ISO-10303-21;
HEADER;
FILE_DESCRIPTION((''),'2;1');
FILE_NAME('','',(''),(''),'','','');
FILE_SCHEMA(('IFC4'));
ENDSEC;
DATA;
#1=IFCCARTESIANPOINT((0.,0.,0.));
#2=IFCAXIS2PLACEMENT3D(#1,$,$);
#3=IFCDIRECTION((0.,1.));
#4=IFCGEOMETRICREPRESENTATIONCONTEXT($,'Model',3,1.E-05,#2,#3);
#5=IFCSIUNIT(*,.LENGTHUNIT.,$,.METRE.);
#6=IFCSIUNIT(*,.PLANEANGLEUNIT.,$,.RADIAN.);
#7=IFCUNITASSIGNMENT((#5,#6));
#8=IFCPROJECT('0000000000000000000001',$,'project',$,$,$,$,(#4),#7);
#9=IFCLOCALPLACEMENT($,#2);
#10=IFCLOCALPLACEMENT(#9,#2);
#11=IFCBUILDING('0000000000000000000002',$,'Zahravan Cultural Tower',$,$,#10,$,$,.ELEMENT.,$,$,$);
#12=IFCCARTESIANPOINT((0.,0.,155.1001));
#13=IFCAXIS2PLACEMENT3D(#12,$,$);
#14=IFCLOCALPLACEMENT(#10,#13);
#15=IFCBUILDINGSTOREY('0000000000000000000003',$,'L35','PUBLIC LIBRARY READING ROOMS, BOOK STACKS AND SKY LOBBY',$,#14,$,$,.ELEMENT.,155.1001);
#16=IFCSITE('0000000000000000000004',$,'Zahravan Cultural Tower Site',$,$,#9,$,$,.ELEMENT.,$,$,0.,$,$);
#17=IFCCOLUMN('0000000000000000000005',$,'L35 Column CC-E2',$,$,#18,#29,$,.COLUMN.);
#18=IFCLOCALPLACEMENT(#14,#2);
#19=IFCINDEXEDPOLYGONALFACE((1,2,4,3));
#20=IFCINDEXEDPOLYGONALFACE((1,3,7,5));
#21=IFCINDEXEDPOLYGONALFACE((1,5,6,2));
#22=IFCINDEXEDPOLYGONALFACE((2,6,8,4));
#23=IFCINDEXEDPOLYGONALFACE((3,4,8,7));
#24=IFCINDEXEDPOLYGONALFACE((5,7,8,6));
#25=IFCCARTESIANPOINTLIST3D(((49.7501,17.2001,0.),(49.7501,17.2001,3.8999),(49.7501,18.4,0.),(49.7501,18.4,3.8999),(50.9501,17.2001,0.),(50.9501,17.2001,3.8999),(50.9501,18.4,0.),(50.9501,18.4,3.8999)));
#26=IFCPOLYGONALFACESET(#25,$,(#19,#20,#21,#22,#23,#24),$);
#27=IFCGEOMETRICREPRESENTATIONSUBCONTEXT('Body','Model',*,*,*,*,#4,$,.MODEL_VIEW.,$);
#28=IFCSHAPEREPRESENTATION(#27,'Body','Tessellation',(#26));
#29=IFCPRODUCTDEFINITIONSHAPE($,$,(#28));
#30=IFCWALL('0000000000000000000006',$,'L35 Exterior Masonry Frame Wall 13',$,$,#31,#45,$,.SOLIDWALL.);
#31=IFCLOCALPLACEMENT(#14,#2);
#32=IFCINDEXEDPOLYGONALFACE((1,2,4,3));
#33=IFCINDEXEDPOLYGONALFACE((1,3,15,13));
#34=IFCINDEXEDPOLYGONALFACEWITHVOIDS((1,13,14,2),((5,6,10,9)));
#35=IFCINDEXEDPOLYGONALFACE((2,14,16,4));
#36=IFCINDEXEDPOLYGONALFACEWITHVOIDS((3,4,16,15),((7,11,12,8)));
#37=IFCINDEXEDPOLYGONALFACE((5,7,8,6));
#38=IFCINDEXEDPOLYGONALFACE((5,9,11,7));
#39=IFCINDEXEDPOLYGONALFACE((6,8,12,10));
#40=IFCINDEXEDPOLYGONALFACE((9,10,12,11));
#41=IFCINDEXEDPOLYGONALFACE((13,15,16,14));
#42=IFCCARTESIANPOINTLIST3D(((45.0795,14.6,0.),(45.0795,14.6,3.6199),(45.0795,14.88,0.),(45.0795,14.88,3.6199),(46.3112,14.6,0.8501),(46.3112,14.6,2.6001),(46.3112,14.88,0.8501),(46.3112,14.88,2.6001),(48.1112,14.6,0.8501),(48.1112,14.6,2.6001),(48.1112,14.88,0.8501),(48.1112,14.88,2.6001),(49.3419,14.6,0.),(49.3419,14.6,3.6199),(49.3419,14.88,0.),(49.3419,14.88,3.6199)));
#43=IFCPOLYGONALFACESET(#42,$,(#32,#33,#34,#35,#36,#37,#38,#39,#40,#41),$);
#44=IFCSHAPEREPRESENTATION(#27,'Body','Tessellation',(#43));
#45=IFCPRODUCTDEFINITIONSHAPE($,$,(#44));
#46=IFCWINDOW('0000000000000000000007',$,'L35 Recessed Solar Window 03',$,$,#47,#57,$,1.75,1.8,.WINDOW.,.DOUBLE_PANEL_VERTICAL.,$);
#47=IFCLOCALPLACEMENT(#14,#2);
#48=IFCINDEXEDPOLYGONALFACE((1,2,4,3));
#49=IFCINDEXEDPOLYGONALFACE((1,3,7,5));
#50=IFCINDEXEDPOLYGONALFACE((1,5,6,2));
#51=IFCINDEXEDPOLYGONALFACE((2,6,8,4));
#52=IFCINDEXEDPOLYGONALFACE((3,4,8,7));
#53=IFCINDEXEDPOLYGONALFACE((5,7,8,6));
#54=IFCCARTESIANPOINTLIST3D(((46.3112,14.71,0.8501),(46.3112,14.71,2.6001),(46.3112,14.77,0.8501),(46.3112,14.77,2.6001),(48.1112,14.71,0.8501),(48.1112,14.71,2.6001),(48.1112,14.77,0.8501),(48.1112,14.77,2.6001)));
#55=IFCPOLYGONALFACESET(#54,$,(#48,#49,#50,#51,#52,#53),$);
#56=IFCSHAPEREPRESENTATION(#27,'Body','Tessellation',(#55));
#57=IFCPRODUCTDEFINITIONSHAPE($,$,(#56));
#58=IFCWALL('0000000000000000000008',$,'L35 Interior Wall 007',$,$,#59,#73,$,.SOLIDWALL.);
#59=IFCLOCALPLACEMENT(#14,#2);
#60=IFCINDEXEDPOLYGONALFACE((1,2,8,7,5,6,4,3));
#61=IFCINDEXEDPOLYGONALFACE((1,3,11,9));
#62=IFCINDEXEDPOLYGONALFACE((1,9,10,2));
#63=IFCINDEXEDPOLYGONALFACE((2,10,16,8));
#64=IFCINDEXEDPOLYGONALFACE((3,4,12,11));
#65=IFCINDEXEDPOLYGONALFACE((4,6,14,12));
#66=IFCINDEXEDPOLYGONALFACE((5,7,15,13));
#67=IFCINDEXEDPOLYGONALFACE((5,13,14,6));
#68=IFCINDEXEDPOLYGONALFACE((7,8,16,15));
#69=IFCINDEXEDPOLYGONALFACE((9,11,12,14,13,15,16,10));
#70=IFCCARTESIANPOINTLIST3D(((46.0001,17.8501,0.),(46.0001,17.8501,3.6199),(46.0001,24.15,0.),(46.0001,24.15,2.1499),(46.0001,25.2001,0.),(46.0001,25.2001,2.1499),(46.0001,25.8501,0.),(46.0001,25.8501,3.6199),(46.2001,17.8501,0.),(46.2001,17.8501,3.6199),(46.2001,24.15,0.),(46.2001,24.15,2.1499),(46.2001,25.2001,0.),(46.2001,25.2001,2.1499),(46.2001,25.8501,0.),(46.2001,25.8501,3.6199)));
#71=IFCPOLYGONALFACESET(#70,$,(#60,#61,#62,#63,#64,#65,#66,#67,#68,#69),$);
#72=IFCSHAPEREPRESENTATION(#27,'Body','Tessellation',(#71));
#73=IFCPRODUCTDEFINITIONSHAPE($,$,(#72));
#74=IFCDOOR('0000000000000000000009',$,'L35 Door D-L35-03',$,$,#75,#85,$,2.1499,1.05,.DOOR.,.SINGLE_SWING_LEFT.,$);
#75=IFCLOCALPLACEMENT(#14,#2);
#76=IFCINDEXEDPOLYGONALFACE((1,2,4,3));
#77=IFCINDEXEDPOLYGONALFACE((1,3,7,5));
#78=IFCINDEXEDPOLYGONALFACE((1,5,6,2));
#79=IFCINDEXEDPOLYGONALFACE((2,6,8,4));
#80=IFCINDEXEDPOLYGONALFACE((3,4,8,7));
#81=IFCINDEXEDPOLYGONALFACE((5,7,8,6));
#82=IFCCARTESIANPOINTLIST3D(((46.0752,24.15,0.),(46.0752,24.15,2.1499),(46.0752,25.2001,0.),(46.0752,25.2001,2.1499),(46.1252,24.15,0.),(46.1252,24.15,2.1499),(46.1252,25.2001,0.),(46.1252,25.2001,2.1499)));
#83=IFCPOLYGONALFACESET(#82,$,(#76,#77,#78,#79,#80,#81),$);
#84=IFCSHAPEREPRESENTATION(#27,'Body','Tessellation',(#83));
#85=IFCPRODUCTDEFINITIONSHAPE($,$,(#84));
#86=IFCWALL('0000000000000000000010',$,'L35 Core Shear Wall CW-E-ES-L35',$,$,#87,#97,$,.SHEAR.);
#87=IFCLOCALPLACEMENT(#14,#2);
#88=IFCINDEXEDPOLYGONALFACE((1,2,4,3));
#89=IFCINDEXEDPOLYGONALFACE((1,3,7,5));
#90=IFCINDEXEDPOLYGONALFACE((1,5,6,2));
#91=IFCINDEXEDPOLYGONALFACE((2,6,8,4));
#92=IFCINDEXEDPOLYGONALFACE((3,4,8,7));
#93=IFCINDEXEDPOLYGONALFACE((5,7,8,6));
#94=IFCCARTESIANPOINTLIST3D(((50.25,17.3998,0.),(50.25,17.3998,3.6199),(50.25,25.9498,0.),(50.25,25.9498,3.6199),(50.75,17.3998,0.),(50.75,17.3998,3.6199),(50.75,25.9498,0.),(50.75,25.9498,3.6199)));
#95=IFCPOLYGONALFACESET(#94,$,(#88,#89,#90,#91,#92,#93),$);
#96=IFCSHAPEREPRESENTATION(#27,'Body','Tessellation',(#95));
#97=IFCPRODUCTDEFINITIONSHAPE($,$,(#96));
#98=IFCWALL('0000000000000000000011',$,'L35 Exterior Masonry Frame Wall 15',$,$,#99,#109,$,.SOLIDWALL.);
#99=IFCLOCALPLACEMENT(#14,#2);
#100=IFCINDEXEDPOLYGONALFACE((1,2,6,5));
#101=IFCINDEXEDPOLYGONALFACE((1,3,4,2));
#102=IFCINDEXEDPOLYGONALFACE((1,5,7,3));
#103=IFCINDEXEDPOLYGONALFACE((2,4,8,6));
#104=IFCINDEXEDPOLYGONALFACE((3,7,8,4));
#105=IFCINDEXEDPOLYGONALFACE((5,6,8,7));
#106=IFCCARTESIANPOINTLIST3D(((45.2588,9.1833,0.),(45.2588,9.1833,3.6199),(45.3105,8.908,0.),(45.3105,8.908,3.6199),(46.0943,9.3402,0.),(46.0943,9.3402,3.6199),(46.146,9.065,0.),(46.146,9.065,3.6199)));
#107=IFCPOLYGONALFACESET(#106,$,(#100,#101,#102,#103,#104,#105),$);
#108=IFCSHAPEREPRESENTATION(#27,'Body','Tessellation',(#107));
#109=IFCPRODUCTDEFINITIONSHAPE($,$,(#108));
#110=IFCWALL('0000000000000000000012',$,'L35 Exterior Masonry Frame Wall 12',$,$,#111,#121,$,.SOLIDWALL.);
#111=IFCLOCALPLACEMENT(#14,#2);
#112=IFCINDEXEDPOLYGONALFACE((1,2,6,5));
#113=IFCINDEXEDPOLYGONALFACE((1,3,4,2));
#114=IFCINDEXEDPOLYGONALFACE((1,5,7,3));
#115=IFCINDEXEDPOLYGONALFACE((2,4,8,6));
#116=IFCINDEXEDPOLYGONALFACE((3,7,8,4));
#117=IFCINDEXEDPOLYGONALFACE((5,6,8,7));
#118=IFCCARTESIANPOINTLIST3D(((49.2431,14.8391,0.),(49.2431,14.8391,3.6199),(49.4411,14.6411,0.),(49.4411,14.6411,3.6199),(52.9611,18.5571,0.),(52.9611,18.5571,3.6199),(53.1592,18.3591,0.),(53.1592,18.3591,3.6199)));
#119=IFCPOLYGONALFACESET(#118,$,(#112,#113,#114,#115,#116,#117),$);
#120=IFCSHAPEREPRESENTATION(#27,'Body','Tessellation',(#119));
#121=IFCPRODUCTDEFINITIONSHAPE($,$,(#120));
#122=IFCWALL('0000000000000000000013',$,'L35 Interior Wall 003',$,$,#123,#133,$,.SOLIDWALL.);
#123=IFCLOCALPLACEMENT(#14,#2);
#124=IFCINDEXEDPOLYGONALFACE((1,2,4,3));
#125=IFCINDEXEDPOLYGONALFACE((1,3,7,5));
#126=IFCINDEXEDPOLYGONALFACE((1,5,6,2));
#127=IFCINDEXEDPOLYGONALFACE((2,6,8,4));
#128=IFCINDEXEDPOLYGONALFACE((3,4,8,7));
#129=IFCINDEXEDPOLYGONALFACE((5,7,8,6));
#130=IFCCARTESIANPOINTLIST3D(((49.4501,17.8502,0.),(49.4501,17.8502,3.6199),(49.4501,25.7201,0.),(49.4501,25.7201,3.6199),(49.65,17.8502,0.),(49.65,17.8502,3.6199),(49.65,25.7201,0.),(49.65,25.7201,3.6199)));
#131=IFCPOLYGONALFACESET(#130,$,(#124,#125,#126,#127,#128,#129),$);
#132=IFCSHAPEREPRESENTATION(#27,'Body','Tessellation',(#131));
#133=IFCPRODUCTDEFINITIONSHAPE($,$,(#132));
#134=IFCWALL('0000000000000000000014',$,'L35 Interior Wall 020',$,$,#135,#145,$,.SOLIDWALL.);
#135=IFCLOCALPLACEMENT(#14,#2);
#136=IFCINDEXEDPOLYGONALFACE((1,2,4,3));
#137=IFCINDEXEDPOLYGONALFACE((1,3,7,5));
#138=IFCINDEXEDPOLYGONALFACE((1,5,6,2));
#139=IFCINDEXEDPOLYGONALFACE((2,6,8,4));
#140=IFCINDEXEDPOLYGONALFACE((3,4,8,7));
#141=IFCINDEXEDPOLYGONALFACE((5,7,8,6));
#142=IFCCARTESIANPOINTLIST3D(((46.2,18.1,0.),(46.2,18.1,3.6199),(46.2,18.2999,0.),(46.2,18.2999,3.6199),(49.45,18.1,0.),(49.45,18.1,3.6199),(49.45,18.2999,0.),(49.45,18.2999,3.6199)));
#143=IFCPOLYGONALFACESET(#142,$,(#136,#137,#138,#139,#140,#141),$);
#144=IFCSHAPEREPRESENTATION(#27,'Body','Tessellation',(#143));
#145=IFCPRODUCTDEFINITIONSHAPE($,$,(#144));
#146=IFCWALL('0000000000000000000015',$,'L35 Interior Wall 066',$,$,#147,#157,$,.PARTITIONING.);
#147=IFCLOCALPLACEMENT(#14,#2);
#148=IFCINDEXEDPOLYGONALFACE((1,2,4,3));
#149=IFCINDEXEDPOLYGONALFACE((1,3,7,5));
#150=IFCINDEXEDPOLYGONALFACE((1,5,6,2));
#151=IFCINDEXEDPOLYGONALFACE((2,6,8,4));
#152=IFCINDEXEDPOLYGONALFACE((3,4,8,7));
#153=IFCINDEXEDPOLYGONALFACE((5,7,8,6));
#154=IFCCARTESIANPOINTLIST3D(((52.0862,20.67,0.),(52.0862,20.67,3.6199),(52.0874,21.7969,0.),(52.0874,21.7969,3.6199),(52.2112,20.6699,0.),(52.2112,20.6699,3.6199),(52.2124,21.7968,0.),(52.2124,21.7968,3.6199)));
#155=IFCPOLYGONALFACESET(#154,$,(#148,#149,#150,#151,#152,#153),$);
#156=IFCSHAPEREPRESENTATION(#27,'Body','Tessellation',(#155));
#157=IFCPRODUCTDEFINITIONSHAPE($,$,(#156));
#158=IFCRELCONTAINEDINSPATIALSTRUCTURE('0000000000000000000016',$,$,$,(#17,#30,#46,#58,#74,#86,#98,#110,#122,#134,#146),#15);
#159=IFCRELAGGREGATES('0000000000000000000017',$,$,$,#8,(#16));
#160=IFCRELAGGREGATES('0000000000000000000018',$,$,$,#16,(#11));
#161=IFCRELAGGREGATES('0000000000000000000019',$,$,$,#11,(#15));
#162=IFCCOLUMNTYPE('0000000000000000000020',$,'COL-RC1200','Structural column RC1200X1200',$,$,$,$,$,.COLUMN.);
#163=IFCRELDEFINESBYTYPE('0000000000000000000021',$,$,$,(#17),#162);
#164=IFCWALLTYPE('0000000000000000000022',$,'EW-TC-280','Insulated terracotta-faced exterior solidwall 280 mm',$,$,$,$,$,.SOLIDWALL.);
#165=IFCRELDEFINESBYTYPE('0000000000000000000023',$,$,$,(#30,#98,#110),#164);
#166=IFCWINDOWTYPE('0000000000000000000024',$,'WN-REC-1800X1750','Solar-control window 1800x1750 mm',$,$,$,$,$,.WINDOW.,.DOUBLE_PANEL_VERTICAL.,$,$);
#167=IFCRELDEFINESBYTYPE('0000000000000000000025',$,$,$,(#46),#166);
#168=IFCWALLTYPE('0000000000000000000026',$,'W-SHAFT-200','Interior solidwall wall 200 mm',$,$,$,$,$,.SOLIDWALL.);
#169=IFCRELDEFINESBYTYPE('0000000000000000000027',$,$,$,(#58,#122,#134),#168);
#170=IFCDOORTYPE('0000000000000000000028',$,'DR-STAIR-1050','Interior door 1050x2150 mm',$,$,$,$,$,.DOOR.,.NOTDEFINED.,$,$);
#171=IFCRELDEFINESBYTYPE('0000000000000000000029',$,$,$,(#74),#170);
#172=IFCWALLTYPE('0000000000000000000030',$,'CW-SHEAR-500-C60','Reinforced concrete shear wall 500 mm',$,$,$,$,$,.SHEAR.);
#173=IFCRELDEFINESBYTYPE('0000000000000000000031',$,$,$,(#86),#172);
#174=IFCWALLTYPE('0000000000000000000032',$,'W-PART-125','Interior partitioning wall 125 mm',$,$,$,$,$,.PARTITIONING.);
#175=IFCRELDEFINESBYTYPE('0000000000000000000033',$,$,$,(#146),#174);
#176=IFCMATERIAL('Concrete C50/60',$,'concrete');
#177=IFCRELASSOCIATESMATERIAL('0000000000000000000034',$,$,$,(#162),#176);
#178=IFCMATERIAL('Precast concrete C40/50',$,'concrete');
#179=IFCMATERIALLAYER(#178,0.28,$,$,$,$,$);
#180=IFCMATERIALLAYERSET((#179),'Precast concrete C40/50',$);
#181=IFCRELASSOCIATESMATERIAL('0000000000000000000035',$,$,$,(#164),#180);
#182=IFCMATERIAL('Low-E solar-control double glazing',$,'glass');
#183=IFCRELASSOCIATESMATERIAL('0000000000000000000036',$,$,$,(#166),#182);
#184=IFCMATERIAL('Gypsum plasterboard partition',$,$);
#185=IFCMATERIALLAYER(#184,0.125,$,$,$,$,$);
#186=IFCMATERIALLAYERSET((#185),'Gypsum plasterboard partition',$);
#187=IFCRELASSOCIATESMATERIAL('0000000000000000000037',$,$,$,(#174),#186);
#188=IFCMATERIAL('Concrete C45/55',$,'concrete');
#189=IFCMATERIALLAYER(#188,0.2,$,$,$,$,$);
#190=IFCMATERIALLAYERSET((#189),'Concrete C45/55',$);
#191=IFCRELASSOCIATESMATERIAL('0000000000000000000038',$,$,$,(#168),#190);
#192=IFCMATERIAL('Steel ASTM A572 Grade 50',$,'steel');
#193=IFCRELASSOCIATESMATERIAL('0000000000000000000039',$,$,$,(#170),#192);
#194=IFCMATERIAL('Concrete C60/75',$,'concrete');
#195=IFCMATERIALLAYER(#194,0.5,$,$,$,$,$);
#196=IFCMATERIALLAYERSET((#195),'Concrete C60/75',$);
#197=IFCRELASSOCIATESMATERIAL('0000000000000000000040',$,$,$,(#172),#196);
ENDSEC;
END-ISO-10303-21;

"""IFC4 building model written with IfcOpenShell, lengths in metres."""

from ifc_helpers import new_model, si_unit, direction, frame, frame_2d, origin, origin_2d, place, context, subcontext, project, spatial, rectangle, extrude, source, transform, mapped, material, layer, layer_set, material_profile, profile_set, type_object, element, fill, save


model = new_model("IFC4")

# Units and contexts
model_context = context("Model", 3, precision=1e-05, world=origin(), true_north=direction((0.0, 1.0)))
body_context = subcontext(model_context, "Body", "Model", "MODEL_VIEW")
ifc_project = project(units=[si_unit("LENGTHUNIT", "METRE"), si_unit("PLANEANGLEUNIT", "RADIAN")], contexts=[model_context])

# Site, building, storey
site_placement = place(None, origin())
site = spatial("IfcSite", under=ifc_project, at=site_placement, Name="Zahravan Cultural Tower Site", CompositionType="ELEMENT", RefElevation=0.0)
building_placement = place(site_placement, origin())
building = spatial("IfcBuilding", under=site, at=building_placement, Name="Zahravan Cultural Tower", CompositionType="ELEMENT")
storey_placement = place(building_placement, frame((0.0, 0.0, 155.1001)))
storey = spatial("IfcBuildingStorey", under=building, at=storey_placement, Name="L35", Description="PUBLIC LIBRARY READING ROOMS, BOOK STACKS AND SKY LOBBY", CompositionType="ELEMENT", Elevation=155.1001)

# Column
ifc_material_1 = material(Name="Concrete C50/60", Category="concrete")
ifc_material_profile = material_profile(ifc_material_1, rectangle(XDim=1.2, YDim=1.2, at=origin_2d()), Name="RC1200X1200")
ifc_profile_set = profile_set([ifc_material_profile], Name="Concrete C50/60")
column_type = type_object("IfcColumnType", Name="COL-RC1200", Description="Structural column RC1200X1200", PredefinedType="COLUMN", material=ifc_profile_set)
shared_shape_1 = source(origin(), body_context, "Body", "SweptSolid", [
    extrude(rectangle(XDim=1.2, YDim=1.2, at=origin_2d()), origin(), (0.0, 0.0, 1.0), 3.8999),
])
column_placement = place(storey_placement, frame((50.3501, 17.8, 0.0), z_axis=(0.0, 0.0, 1.0), x_axis=(1.0, 0.0, 0.0)))
element("IfcColumn", 1, at=column_placement, inside=storey, type_object=column_type, Name="L35 Column CC-E2", PredefinedType="COLUMN", context=body_context, shape_type="MappedRepresentation", body=[
    mapped(shared_shape_1, transform((0.0, 0.0, 0.0), x_axis=(1.0, 0.0, 0.0), y_axis=(0.0, 1.0, 0.0), z_axis=(0.0, 0.0, 1.0), scale=1.0)),
])

# Wall, opening, window
ifc_material_2 = material(Name="Precast concrete C40/50", Category="concrete")
ifc_layer_1 = layer(ifc_material_2, 0.28)
ifc_layer_set_1 = layer_set([ifc_layer_1], Name="Precast concrete C40/50")
wall_type_1 = type_object("IfcWallType", Name="EW-TC-280", Description="Insulated terracotta-faced exterior solidwall 280 mm", PredefinedType="SOLIDWALL", material=ifc_layer_set_1)
wall_1_placement = place(storey_placement, frame((49.342, 14.74, 0.0), z_axis=(0.0, 0.0, 1.0), x_axis=(-1.0, 0.0, 0.0)))
wall_1 = element("IfcWall", 2, at=wall_1_placement, inside=storey, type_object=wall_type_1, Name="L35 Exterior Masonry Frame Wall 13", PredefinedType="SOLIDWALL", context=body_context, shape_type="SweptSolid", body=[
    extrude(rectangle(XDim=4.2625, YDim=0.28, at=frame_2d((2.1313, 0.0))), origin(), (0.0, 0.0, 1.0), 3.6199),
])
opening_1_placement = place(wall_1_placement, frame((1.231, 0.0, 0.8501)))
opening_1 = element("IfcOpeningElement", 3, at=opening_1_placement, cuts=wall_1, PredefinedType="OPENING", context=body_context, shape_type="SweptSolid", body=[
    extrude(rectangle(XDim=1.8, YDim=1.75, at=frame_2d((0.8999, 0.875))), frame((0.0, 0.1499, 0.0), z_axis=(0.0, -1.0, 0.0), x_axis=(1.0, 0.0, 0.0)), (0.0, 0.0, 1.0), 0.3),
])
ifc_material_3 = material(Name="Low-E solar-control double glazing", Category="glass")
window_type = type_object("IfcWindowType", Name="WN-REC-1800X1750", Description="Solar-control window 1800x1750 mm", PartitioningType="DOUBLE_PANEL_VERTICAL", PredefinedType="WINDOW", material=ifc_material_3)
shared_shape_2 = source(origin(), body_context, "Body", "SweptSolid", [
    extrude(rectangle(XDim=1.8, YDim=1.75, at=frame_2d((0.8999, 0.875))), frame((0.0, 0.03, 0.0), z_axis=(0.0, -1.0, 0.0), x_axis=(1.0, 0.0, 0.0)), (0.0, 0.0, 1.0), 0.0601),
])
window_placement = place(opening_1_placement, origin())
window = element("IfcWindow", 4, at=window_placement, inside=storey, type_object=window_type, Name="L35 Recessed Solar Window 03", OverallHeight=1.75, OverallWidth=1.8, PartitioningType="DOUBLE_PANEL_VERTICAL", PredefinedType="WINDOW", context=body_context, shape_type="MappedRepresentation", body=[
    mapped(shared_shape_2, transform((0.0, 0.0, 0.0), x_axis=(1.0, 0.0, 0.0), y_axis=(0.0, 1.0, 0.0), z_axis=(0.0, 0.0, 1.0), scale=1.0)),
])
fill(opening_1, window)

# Wall, opening, door
ifc_material_4 = material(Name="Gypsum plasterboard partition")
ifc_layer_2 = layer(ifc_material_4, 0.125)
ifc_layer_set_2 = layer_set([ifc_layer_2], Name="Gypsum plasterboard partition")
wall_type_2 = type_object("IfcWallType", Name="W-PART-125", Description="Interior partitioning wall 125 mm", PredefinedType="PARTITIONING", material=ifc_layer_set_2)
ifc_material_5 = material(Name="Concrete C45/55", Category="concrete")
ifc_layer_3 = layer(ifc_material_5, 0.2)
ifc_layer_set_3 = layer_set([ifc_layer_3], Name="Concrete C45/55")
wall_type_3 = type_object("IfcWallType", Name="W-SHAFT-200", Description="Interior solidwall wall 200 mm", PredefinedType="SOLIDWALL", material=ifc_layer_set_3)
wall_2_placement = place(storey_placement, frame((46.1001, 17.8501, 0.0), z_axis=(0.0, 0.0, 1.0), x_axis=(0.0, 1.0, 0.0)))
wall_2 = element("IfcWall", 5, at=wall_2_placement, inside=storey, type_object=wall_type_3, Name="L35 Interior Wall 007", PredefinedType="SOLIDWALL", context=body_context, shape_type="SweptSolid", body=[
    extrude(rectangle(XDim=8.0, YDim=0.2, at=frame_2d((4.0, 0.0))), origin(), (0.0, 0.0, 1.0), 3.6199),
])
opening_2_placement = place(wall_2_placement, frame((6.3, 0.0, 0.0)))
opening_2 = element("IfcOpeningElement", 6, at=opening_2_placement, cuts=wall_2, PredefinedType="OPENING", context=body_context, shape_type="SweptSolid", body=[
    extrude(rectangle(XDim=1.05, YDim=2.1499, at=frame_2d((0.5249, 1.075))), frame((0.0, 0.1099, 0.0), z_axis=(0.0, -1.0, 0.0), x_axis=(1.0, 0.0, 0.0)), (0.0, 0.0, 1.0), 0.22),
])
ifc_material_6 = material(Name="Steel ASTM A572 Grade 50", Category="steel")
door_type_1 = type_object("IfcDoorType", Name="DR-STAIR-1050", Description="Interior door 1050x2150 mm", OperationType="NOTDEFINED", PredefinedType="DOOR", material=ifc_material_6)
shared_shape_3 = source(origin(), body_context, "Body", "SweptSolid", [
    extrude(rectangle(XDim=1.05, YDim=2.1499, at=frame_2d((0.5249, 1.075))), frame((0.0, 0.0249, 0.0), z_axis=(0.0, -1.0, 0.0), x_axis=(1.0, 0.0, 0.0)), (0.0, 0.0, 1.0), 0.05),
])
door_1_placement = place(opening_2_placement, origin())
door_1 = element("IfcDoor", 7, at=door_1_placement, inside=storey, type_object=door_type_1, Name="L35 Door D-L35-03", OperationType="SINGLE_SWING_LEFT", OverallHeight=2.1499, OverallWidth=1.05, PredefinedType="DOOR", context=body_context, shape_type="MappedRepresentation", body=[
    mapped(shared_shape_3, transform((0.0, 0.0, 0.0), x_axis=(1.0, 0.0, 0.0), y_axis=(0.0, 1.0, 0.0), z_axis=(0.0, 0.0, 1.0), scale=1.0)),
])
fill(opening_2, door_1)

# Walls
ifc_material_7 = material(Name="Concrete C60/75", Category="concrete")
ifc_layer_4 = layer(ifc_material_7, 0.5)
ifc_layer_set_4 = layer_set([ifc_layer_4], Name="Concrete C60/75")
wall_type_4 = type_object("IfcWallType", Name="CW-SHEAR-500-C60", Description="Reinforced concrete shear wall 500 mm", PredefinedType="SHEAR", material=ifc_layer_set_4)
shared_shape_4 = source(origin(), body_context, "Body", "SweptSolid", [
    extrude(rectangle(XDim=8.55, YDim=0.5, at=frame_2d((4.2749, 0.0))), origin(), (0.0, 0.0, 1.0), 3.6199),
])
wall_3_placement = place(storey_placement, frame((50.5, 17.3999, 0.0), z_axis=(0.0, 0.0, 1.0), x_axis=(0.0, 1.0, 0.0)))
element("IfcWall", 8, at=wall_3_placement, inside=storey, type_object=wall_type_4, Name="L35 Core Shear Wall CW-E-ES-L35", PredefinedType="SHEAR", context=body_context, shape_type="MappedRepresentation", body=[
    mapped(shared_shape_4, transform((0.0, 0.0, 0.0), x_axis=(1.0, 0.0, 0.0), y_axis=(0.0, 1.0, 0.0), z_axis=(0.0, 0.0, 1.0), scale=1.0)),
])
shared_shape_5 = source(origin(), body_context, "Body", "SweptSolid", [
    extrude(rectangle(XDim=0.8501, YDim=0.28, at=frame_2d((0.425, 0.0))), origin(), (0.0, 0.0, 1.0), 3.6199),
])
wall_4_placement = place(storey_placement, frame((46.1201, 9.2026, 0.0), z_axis=(0.0, 0.0, 1.0), x_axis=(-0.982801, -0.18467, 0.0)))
element("IfcWall", 9, at=wall_4_placement, inside=storey, type_object=wall_type_1, Name="L35 Exterior Masonry Frame Wall 15", PredefinedType="SOLIDWALL", context=body_context, shape_type="MappedRepresentation", body=[
    mapped(shared_shape_5, transform((0.0, 0.0, 0.0), x_axis=(1.0, 0.0, 0.0), y_axis=(0.0, 1.0, 0.0), z_axis=(0.0, 0.0, 1.0), scale=1.0)),
])
shared_shape_6 = source(origin(), body_context, "Body", "SweptSolid", [
    extrude(rectangle(XDim=5.2581, YDim=0.28, at=frame_2d((2.6289, 0.0))), origin(), (0.0, 0.0, 1.0), 3.6199),
])
wall_5_placement = place(storey_placement, frame((53.0601, 18.458, 0.0), z_axis=(0.0, 0.0, 1.0), x_axis=(-0.707107, -0.707107, 0.0)))
element("IfcWall", 10, at=wall_5_placement, inside=storey, type_object=wall_type_1, Name="L35 Exterior Masonry Frame Wall 12", PredefinedType="SOLIDWALL", context=body_context, shape_type="MappedRepresentation", body=[
    mapped(shared_shape_6, transform((0.0, 0.0, 0.0), x_axis=(1.0, 0.0, 0.0), y_axis=(0.0, 1.0, 0.0), z_axis=(0.0, 0.0, 1.0), scale=1.0)),
])
shared_shape_7 = source(origin(), body_context, "Body", "SweptSolid", [
    extrude(rectangle(XDim=7.8699, YDim=0.2, at=frame_2d((3.9351, 0.0))), origin(), (0.0, 0.0, 1.0), 3.6199),
])
wall_6_placement = place(storey_placement, frame((49.55, 17.8501, 0.0), z_axis=(0.0, 0.0, 1.0), x_axis=(0.0, 1.0, 0.0)))
element("IfcWall", 11, at=wall_6_placement, inside=storey, type_object=wall_type_3, Name="L35 Interior Wall 003", PredefinedType="SOLIDWALL", context=body_context, shape_type="MappedRepresentation", body=[
    mapped(shared_shape_7, transform((0.0, 0.0, 0.0), x_axis=(1.0, 0.0, 0.0), y_axis=(0.0, 1.0, 0.0), z_axis=(0.0, 0.0, 1.0), scale=1.0)),
])
shared_shape_8 = source(origin(), body_context, "Body", "SweptSolid", [
    extrude(rectangle(XDim=3.25, YDim=0.2, at=frame_2d((1.625, 0.0))), origin(), (0.0, 0.0, 1.0), 3.6199),
])
wall_7_placement = place(storey_placement, frame((46.2, 18.2, 0.0), z_axis=(0.0, 0.0, 1.0), x_axis=(1.0, 0.0, 0.0)))
element("IfcWall", 12, at=wall_7_placement, inside=storey, type_object=wall_type_3, Name="L35 Interior Wall 020", PredefinedType="SOLIDWALL", context=body_context, shape_type="MappedRepresentation", body=[
    mapped(shared_shape_8, transform((0.0, 0.0, 0.0), x_axis=(1.0, 0.0, 0.0), y_axis=(0.0, 1.0, 0.0), z_axis=(0.0, 0.0, 1.0), scale=1.0)),
])
shared_shape_9 = source(origin(), body_context, "Body", "SweptSolid", [
    extrude(rectangle(XDim=1.127, YDim=0.125, at=frame_2d((0.5635, 0.0))), origin(), (0.0, 0.0, 1.0), 3.6199),
])
wall_8_placement = place(storey_placement, frame((52.1487, 20.6699, 0.0), z_axis=(0.0, 0.0, 1.0), x_axis=(0.001083, 0.999999, 0.0)))
element("IfcWall", 13, at=wall_8_placement, inside=storey, type_object=wall_type_2, Name="L35 Interior Wall 066", PredefinedType="PARTITIONING", context=body_context, shape_type="MappedRepresentation", body=[
    mapped(shared_shape_9, transform((0.0, 0.0, 0.0), x_axis=(1.0, 0.0, 0.0), y_axis=(0.0, 1.0, 0.0), z_axis=(0.0, 0.0, 1.0), scale=1.0)),
])

save(model, "model.ifc")
